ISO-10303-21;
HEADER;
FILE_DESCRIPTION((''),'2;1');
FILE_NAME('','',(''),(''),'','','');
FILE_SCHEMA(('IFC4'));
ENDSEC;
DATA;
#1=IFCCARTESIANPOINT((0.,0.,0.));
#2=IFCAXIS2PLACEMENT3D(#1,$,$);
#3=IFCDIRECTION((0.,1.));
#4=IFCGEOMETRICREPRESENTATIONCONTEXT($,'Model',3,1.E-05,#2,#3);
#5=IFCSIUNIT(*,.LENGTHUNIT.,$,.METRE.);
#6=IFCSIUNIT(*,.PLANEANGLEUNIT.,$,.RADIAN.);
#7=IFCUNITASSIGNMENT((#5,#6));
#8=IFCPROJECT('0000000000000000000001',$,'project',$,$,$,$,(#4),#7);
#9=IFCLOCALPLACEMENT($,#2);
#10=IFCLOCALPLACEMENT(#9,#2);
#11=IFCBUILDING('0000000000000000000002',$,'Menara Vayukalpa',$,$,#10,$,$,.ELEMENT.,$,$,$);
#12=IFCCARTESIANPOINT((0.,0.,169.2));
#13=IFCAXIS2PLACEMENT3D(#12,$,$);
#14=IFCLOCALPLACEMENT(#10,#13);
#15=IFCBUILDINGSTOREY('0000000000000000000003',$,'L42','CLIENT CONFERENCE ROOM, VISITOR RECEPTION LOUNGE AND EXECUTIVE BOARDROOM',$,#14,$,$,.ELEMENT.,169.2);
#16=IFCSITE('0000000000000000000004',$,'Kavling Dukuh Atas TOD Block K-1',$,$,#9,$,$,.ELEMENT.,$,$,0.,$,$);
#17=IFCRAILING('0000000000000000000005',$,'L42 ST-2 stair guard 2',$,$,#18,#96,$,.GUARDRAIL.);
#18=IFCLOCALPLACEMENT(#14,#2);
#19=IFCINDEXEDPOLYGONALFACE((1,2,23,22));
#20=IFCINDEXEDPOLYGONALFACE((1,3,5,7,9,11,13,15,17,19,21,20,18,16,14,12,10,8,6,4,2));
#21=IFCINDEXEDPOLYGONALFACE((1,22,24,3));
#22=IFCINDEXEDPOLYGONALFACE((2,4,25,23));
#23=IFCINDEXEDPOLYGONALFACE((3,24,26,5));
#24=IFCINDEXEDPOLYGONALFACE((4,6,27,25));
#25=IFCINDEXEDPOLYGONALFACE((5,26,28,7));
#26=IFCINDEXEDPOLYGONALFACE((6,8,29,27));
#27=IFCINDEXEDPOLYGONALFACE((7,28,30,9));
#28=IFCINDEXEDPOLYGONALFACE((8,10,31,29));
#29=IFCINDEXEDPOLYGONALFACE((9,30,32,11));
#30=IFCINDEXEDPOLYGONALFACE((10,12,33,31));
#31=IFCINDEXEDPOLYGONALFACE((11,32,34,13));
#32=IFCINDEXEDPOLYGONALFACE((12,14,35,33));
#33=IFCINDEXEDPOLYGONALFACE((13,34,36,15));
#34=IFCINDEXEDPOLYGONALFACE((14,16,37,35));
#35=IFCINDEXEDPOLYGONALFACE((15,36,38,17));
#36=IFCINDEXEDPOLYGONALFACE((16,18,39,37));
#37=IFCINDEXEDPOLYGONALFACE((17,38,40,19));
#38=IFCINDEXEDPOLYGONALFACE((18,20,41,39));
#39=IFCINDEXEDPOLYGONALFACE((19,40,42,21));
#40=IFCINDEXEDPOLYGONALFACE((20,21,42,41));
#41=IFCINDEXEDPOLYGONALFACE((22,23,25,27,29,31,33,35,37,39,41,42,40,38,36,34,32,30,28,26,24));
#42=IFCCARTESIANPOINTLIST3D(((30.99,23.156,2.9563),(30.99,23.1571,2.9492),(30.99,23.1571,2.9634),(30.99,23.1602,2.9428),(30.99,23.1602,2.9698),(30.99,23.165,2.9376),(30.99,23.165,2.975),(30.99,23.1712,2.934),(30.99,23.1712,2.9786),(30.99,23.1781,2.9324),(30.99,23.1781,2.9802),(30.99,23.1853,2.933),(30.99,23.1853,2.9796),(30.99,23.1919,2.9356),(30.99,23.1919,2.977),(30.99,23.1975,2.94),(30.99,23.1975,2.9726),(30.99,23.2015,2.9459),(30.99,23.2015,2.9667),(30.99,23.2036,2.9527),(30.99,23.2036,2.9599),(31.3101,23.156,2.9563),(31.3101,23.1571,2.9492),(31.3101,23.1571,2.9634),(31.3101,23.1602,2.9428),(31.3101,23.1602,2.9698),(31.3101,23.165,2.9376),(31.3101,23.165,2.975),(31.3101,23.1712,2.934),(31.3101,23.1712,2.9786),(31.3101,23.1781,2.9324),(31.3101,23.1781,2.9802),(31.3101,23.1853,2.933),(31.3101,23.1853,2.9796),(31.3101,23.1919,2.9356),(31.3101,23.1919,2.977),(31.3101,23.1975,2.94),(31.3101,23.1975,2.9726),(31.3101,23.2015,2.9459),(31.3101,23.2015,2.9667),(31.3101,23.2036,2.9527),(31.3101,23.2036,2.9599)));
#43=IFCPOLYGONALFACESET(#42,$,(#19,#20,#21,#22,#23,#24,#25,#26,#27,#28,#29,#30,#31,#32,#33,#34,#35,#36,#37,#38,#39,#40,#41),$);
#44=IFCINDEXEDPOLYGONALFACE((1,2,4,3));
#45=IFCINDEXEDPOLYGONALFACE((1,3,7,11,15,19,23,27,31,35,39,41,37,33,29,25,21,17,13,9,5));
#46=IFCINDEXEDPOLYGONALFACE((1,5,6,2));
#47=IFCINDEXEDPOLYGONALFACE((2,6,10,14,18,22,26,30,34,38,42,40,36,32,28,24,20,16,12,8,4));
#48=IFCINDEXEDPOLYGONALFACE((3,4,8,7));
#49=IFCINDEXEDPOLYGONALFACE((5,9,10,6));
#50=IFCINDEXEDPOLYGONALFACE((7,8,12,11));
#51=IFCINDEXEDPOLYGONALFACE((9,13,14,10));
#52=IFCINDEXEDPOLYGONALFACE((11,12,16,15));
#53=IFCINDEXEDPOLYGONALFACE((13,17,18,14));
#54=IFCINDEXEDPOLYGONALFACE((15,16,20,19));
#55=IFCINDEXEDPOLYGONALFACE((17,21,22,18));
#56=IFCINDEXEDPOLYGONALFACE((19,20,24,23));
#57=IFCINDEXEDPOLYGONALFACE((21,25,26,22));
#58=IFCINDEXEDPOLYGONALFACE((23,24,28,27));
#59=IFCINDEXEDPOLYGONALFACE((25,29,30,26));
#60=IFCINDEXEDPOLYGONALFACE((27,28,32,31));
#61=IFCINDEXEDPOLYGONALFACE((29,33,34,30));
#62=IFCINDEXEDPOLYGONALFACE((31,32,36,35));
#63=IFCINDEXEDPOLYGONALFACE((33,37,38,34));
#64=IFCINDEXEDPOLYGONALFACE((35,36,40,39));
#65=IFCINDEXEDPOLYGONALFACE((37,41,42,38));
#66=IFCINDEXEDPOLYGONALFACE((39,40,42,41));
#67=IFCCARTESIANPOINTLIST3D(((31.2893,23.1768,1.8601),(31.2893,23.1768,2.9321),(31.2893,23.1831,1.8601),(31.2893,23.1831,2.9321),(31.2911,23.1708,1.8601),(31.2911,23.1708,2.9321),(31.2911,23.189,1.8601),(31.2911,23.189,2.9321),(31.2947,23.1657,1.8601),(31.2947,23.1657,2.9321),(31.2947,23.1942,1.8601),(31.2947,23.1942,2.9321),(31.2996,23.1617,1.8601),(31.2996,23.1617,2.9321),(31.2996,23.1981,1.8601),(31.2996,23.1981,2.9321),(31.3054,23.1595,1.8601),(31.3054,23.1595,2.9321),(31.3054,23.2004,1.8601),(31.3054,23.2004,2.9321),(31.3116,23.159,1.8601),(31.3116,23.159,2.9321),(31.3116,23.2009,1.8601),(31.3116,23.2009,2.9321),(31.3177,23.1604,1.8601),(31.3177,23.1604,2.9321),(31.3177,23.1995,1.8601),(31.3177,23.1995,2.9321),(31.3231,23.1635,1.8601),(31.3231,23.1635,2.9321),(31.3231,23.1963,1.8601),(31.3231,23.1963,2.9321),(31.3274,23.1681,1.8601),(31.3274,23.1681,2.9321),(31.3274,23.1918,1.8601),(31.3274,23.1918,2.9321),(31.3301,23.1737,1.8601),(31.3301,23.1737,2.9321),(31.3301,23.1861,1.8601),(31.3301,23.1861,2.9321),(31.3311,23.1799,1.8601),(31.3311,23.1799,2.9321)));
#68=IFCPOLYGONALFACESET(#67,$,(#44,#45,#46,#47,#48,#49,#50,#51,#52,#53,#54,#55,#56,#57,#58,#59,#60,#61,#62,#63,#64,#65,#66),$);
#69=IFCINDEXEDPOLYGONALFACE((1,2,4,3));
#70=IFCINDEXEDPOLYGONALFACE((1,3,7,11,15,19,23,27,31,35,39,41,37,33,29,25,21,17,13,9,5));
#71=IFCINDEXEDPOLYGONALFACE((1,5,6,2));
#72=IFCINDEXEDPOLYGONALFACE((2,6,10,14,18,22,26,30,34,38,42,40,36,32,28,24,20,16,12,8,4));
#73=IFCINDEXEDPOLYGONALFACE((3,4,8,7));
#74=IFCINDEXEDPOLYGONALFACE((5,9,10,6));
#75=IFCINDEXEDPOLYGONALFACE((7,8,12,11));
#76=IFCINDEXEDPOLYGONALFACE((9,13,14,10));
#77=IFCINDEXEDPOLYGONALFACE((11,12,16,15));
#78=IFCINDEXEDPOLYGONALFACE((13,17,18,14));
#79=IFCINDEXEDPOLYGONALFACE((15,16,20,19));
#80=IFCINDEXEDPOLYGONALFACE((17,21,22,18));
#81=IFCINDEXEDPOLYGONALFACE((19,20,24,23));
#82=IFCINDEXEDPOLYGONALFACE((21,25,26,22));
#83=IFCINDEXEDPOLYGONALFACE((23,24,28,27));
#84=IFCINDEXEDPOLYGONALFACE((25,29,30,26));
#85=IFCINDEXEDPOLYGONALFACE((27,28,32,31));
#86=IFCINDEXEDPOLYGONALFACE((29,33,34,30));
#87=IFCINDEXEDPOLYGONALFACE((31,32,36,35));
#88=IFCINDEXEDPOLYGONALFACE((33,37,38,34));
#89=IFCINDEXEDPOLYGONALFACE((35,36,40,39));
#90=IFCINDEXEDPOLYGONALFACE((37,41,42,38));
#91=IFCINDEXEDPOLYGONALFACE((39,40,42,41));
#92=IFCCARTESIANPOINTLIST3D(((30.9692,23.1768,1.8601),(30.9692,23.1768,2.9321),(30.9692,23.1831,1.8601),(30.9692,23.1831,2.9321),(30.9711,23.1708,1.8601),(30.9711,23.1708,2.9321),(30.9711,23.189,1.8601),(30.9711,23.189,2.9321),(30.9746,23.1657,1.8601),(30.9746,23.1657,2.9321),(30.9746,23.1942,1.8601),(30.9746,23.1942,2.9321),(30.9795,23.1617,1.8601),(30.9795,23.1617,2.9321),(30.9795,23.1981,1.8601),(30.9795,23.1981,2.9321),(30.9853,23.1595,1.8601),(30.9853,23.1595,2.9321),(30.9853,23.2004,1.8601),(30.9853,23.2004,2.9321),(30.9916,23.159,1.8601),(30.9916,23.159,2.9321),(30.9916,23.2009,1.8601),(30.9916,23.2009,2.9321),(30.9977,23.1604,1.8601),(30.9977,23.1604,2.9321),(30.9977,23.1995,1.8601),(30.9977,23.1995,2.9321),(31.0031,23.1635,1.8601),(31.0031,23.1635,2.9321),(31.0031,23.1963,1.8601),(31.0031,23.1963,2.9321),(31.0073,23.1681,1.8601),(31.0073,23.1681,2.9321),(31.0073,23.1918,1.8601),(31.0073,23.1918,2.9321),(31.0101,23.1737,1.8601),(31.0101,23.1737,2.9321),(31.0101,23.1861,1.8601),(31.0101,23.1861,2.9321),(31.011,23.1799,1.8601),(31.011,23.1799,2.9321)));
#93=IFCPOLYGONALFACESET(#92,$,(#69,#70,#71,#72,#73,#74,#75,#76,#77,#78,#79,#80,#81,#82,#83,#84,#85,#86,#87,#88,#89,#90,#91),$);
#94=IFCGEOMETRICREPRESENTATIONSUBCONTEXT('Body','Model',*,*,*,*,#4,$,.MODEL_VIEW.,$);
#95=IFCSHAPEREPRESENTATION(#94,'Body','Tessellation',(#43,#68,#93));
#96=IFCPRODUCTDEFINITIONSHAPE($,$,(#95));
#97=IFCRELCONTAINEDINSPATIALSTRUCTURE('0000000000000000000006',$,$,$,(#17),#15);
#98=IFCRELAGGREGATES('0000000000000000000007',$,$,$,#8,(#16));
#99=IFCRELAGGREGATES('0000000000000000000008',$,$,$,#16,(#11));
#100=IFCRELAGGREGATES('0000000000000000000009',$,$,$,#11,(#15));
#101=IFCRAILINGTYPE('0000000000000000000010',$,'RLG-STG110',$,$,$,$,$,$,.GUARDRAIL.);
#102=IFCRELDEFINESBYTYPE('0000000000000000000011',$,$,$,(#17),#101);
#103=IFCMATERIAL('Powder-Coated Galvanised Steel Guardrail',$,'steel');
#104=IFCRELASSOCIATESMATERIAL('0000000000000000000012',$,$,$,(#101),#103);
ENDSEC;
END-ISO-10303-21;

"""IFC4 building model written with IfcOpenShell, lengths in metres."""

from ifc_helpers import new_model, si_unit, direction, frame, origin, origin_2d, place, context, subcontext, project, spatial, circle, extrude, material, type_object, element, save


model = new_model("IFC4")

# Units and contexts
model_context = context("Model", 3, precision=1e-05, world=origin(), true_north=direction((0.0, 1.0)))
body_context = subcontext(model_context, "Body", "Model", "MODEL_VIEW")
ifc_project = project(units=[si_unit("LENGTHUNIT", "METRE"), si_unit("PLANEANGLEUNIT", "RADIAN")], contexts=[model_context])

# Site, building, storey
site_placement = place(None, origin())
site = spatial("IfcSite", under=ifc_project, at=site_placement, Name="Kavling Dukuh Atas TOD Block K-1", CompositionType="ELEMENT", RefElevation=0.0)
building_placement = place(site_placement, origin())
building = spatial("IfcBuilding", under=site, at=building_placement, Name="Menara Vayukalpa", CompositionType="ELEMENT")
storey_placement = place(building_placement, frame((0.0, 0.0, 169.2)))
storey = spatial("IfcBuildingStorey", under=building, at=storey_placement, Name="L42", Description="CLIENT CONFERENCE ROOM, VISITOR RECEPTION LOUNGE AND EXECUTIVE BOARDROOM", CompositionType="ELEMENT", Elevation=169.2)

# Railing
ifc_material_1 = material(Name="Powder-Coated Galvanised Steel Guardrail", Category="steel")
railing_type_1 = type_object("IfcRailingType", Name="RLG-STG110", PredefinedType="GUARDRAIL", material=ifc_material_1)
railing_1_placement = place(storey_placement, frame((31.3101, 23.1799, 1.8601)))
element("IfcRailing", 1, at=railing_1_placement, inside=storey, type_object=railing_type_1, Name="L42 ST-2 stair guard 2", PredefinedType="GUARDRAIL", context=body_context, shape_type="SweptSolid", body=[
    extrude(circle(Radius=0.0239, at=origin_2d()), frame((0.0, 0.0, 1.0962), z_axis=(-1.0, 0.0, 0.0), x_axis=(0.0, -1.0, 0.0)), (0.0, 0.0, 1.0), 0.3201),
    extrude(circle(Radius=0.021, at=origin_2d()), origin(), (0.0, 0.0, 1.0), 1.072),
    extrude(circle(Radius=0.021, at=origin_2d()), frame((-0.3201, 0.0, 0.0)), (0.0, 0.0, 1.0), 1.072),
])

save(model, "model.ifc")
